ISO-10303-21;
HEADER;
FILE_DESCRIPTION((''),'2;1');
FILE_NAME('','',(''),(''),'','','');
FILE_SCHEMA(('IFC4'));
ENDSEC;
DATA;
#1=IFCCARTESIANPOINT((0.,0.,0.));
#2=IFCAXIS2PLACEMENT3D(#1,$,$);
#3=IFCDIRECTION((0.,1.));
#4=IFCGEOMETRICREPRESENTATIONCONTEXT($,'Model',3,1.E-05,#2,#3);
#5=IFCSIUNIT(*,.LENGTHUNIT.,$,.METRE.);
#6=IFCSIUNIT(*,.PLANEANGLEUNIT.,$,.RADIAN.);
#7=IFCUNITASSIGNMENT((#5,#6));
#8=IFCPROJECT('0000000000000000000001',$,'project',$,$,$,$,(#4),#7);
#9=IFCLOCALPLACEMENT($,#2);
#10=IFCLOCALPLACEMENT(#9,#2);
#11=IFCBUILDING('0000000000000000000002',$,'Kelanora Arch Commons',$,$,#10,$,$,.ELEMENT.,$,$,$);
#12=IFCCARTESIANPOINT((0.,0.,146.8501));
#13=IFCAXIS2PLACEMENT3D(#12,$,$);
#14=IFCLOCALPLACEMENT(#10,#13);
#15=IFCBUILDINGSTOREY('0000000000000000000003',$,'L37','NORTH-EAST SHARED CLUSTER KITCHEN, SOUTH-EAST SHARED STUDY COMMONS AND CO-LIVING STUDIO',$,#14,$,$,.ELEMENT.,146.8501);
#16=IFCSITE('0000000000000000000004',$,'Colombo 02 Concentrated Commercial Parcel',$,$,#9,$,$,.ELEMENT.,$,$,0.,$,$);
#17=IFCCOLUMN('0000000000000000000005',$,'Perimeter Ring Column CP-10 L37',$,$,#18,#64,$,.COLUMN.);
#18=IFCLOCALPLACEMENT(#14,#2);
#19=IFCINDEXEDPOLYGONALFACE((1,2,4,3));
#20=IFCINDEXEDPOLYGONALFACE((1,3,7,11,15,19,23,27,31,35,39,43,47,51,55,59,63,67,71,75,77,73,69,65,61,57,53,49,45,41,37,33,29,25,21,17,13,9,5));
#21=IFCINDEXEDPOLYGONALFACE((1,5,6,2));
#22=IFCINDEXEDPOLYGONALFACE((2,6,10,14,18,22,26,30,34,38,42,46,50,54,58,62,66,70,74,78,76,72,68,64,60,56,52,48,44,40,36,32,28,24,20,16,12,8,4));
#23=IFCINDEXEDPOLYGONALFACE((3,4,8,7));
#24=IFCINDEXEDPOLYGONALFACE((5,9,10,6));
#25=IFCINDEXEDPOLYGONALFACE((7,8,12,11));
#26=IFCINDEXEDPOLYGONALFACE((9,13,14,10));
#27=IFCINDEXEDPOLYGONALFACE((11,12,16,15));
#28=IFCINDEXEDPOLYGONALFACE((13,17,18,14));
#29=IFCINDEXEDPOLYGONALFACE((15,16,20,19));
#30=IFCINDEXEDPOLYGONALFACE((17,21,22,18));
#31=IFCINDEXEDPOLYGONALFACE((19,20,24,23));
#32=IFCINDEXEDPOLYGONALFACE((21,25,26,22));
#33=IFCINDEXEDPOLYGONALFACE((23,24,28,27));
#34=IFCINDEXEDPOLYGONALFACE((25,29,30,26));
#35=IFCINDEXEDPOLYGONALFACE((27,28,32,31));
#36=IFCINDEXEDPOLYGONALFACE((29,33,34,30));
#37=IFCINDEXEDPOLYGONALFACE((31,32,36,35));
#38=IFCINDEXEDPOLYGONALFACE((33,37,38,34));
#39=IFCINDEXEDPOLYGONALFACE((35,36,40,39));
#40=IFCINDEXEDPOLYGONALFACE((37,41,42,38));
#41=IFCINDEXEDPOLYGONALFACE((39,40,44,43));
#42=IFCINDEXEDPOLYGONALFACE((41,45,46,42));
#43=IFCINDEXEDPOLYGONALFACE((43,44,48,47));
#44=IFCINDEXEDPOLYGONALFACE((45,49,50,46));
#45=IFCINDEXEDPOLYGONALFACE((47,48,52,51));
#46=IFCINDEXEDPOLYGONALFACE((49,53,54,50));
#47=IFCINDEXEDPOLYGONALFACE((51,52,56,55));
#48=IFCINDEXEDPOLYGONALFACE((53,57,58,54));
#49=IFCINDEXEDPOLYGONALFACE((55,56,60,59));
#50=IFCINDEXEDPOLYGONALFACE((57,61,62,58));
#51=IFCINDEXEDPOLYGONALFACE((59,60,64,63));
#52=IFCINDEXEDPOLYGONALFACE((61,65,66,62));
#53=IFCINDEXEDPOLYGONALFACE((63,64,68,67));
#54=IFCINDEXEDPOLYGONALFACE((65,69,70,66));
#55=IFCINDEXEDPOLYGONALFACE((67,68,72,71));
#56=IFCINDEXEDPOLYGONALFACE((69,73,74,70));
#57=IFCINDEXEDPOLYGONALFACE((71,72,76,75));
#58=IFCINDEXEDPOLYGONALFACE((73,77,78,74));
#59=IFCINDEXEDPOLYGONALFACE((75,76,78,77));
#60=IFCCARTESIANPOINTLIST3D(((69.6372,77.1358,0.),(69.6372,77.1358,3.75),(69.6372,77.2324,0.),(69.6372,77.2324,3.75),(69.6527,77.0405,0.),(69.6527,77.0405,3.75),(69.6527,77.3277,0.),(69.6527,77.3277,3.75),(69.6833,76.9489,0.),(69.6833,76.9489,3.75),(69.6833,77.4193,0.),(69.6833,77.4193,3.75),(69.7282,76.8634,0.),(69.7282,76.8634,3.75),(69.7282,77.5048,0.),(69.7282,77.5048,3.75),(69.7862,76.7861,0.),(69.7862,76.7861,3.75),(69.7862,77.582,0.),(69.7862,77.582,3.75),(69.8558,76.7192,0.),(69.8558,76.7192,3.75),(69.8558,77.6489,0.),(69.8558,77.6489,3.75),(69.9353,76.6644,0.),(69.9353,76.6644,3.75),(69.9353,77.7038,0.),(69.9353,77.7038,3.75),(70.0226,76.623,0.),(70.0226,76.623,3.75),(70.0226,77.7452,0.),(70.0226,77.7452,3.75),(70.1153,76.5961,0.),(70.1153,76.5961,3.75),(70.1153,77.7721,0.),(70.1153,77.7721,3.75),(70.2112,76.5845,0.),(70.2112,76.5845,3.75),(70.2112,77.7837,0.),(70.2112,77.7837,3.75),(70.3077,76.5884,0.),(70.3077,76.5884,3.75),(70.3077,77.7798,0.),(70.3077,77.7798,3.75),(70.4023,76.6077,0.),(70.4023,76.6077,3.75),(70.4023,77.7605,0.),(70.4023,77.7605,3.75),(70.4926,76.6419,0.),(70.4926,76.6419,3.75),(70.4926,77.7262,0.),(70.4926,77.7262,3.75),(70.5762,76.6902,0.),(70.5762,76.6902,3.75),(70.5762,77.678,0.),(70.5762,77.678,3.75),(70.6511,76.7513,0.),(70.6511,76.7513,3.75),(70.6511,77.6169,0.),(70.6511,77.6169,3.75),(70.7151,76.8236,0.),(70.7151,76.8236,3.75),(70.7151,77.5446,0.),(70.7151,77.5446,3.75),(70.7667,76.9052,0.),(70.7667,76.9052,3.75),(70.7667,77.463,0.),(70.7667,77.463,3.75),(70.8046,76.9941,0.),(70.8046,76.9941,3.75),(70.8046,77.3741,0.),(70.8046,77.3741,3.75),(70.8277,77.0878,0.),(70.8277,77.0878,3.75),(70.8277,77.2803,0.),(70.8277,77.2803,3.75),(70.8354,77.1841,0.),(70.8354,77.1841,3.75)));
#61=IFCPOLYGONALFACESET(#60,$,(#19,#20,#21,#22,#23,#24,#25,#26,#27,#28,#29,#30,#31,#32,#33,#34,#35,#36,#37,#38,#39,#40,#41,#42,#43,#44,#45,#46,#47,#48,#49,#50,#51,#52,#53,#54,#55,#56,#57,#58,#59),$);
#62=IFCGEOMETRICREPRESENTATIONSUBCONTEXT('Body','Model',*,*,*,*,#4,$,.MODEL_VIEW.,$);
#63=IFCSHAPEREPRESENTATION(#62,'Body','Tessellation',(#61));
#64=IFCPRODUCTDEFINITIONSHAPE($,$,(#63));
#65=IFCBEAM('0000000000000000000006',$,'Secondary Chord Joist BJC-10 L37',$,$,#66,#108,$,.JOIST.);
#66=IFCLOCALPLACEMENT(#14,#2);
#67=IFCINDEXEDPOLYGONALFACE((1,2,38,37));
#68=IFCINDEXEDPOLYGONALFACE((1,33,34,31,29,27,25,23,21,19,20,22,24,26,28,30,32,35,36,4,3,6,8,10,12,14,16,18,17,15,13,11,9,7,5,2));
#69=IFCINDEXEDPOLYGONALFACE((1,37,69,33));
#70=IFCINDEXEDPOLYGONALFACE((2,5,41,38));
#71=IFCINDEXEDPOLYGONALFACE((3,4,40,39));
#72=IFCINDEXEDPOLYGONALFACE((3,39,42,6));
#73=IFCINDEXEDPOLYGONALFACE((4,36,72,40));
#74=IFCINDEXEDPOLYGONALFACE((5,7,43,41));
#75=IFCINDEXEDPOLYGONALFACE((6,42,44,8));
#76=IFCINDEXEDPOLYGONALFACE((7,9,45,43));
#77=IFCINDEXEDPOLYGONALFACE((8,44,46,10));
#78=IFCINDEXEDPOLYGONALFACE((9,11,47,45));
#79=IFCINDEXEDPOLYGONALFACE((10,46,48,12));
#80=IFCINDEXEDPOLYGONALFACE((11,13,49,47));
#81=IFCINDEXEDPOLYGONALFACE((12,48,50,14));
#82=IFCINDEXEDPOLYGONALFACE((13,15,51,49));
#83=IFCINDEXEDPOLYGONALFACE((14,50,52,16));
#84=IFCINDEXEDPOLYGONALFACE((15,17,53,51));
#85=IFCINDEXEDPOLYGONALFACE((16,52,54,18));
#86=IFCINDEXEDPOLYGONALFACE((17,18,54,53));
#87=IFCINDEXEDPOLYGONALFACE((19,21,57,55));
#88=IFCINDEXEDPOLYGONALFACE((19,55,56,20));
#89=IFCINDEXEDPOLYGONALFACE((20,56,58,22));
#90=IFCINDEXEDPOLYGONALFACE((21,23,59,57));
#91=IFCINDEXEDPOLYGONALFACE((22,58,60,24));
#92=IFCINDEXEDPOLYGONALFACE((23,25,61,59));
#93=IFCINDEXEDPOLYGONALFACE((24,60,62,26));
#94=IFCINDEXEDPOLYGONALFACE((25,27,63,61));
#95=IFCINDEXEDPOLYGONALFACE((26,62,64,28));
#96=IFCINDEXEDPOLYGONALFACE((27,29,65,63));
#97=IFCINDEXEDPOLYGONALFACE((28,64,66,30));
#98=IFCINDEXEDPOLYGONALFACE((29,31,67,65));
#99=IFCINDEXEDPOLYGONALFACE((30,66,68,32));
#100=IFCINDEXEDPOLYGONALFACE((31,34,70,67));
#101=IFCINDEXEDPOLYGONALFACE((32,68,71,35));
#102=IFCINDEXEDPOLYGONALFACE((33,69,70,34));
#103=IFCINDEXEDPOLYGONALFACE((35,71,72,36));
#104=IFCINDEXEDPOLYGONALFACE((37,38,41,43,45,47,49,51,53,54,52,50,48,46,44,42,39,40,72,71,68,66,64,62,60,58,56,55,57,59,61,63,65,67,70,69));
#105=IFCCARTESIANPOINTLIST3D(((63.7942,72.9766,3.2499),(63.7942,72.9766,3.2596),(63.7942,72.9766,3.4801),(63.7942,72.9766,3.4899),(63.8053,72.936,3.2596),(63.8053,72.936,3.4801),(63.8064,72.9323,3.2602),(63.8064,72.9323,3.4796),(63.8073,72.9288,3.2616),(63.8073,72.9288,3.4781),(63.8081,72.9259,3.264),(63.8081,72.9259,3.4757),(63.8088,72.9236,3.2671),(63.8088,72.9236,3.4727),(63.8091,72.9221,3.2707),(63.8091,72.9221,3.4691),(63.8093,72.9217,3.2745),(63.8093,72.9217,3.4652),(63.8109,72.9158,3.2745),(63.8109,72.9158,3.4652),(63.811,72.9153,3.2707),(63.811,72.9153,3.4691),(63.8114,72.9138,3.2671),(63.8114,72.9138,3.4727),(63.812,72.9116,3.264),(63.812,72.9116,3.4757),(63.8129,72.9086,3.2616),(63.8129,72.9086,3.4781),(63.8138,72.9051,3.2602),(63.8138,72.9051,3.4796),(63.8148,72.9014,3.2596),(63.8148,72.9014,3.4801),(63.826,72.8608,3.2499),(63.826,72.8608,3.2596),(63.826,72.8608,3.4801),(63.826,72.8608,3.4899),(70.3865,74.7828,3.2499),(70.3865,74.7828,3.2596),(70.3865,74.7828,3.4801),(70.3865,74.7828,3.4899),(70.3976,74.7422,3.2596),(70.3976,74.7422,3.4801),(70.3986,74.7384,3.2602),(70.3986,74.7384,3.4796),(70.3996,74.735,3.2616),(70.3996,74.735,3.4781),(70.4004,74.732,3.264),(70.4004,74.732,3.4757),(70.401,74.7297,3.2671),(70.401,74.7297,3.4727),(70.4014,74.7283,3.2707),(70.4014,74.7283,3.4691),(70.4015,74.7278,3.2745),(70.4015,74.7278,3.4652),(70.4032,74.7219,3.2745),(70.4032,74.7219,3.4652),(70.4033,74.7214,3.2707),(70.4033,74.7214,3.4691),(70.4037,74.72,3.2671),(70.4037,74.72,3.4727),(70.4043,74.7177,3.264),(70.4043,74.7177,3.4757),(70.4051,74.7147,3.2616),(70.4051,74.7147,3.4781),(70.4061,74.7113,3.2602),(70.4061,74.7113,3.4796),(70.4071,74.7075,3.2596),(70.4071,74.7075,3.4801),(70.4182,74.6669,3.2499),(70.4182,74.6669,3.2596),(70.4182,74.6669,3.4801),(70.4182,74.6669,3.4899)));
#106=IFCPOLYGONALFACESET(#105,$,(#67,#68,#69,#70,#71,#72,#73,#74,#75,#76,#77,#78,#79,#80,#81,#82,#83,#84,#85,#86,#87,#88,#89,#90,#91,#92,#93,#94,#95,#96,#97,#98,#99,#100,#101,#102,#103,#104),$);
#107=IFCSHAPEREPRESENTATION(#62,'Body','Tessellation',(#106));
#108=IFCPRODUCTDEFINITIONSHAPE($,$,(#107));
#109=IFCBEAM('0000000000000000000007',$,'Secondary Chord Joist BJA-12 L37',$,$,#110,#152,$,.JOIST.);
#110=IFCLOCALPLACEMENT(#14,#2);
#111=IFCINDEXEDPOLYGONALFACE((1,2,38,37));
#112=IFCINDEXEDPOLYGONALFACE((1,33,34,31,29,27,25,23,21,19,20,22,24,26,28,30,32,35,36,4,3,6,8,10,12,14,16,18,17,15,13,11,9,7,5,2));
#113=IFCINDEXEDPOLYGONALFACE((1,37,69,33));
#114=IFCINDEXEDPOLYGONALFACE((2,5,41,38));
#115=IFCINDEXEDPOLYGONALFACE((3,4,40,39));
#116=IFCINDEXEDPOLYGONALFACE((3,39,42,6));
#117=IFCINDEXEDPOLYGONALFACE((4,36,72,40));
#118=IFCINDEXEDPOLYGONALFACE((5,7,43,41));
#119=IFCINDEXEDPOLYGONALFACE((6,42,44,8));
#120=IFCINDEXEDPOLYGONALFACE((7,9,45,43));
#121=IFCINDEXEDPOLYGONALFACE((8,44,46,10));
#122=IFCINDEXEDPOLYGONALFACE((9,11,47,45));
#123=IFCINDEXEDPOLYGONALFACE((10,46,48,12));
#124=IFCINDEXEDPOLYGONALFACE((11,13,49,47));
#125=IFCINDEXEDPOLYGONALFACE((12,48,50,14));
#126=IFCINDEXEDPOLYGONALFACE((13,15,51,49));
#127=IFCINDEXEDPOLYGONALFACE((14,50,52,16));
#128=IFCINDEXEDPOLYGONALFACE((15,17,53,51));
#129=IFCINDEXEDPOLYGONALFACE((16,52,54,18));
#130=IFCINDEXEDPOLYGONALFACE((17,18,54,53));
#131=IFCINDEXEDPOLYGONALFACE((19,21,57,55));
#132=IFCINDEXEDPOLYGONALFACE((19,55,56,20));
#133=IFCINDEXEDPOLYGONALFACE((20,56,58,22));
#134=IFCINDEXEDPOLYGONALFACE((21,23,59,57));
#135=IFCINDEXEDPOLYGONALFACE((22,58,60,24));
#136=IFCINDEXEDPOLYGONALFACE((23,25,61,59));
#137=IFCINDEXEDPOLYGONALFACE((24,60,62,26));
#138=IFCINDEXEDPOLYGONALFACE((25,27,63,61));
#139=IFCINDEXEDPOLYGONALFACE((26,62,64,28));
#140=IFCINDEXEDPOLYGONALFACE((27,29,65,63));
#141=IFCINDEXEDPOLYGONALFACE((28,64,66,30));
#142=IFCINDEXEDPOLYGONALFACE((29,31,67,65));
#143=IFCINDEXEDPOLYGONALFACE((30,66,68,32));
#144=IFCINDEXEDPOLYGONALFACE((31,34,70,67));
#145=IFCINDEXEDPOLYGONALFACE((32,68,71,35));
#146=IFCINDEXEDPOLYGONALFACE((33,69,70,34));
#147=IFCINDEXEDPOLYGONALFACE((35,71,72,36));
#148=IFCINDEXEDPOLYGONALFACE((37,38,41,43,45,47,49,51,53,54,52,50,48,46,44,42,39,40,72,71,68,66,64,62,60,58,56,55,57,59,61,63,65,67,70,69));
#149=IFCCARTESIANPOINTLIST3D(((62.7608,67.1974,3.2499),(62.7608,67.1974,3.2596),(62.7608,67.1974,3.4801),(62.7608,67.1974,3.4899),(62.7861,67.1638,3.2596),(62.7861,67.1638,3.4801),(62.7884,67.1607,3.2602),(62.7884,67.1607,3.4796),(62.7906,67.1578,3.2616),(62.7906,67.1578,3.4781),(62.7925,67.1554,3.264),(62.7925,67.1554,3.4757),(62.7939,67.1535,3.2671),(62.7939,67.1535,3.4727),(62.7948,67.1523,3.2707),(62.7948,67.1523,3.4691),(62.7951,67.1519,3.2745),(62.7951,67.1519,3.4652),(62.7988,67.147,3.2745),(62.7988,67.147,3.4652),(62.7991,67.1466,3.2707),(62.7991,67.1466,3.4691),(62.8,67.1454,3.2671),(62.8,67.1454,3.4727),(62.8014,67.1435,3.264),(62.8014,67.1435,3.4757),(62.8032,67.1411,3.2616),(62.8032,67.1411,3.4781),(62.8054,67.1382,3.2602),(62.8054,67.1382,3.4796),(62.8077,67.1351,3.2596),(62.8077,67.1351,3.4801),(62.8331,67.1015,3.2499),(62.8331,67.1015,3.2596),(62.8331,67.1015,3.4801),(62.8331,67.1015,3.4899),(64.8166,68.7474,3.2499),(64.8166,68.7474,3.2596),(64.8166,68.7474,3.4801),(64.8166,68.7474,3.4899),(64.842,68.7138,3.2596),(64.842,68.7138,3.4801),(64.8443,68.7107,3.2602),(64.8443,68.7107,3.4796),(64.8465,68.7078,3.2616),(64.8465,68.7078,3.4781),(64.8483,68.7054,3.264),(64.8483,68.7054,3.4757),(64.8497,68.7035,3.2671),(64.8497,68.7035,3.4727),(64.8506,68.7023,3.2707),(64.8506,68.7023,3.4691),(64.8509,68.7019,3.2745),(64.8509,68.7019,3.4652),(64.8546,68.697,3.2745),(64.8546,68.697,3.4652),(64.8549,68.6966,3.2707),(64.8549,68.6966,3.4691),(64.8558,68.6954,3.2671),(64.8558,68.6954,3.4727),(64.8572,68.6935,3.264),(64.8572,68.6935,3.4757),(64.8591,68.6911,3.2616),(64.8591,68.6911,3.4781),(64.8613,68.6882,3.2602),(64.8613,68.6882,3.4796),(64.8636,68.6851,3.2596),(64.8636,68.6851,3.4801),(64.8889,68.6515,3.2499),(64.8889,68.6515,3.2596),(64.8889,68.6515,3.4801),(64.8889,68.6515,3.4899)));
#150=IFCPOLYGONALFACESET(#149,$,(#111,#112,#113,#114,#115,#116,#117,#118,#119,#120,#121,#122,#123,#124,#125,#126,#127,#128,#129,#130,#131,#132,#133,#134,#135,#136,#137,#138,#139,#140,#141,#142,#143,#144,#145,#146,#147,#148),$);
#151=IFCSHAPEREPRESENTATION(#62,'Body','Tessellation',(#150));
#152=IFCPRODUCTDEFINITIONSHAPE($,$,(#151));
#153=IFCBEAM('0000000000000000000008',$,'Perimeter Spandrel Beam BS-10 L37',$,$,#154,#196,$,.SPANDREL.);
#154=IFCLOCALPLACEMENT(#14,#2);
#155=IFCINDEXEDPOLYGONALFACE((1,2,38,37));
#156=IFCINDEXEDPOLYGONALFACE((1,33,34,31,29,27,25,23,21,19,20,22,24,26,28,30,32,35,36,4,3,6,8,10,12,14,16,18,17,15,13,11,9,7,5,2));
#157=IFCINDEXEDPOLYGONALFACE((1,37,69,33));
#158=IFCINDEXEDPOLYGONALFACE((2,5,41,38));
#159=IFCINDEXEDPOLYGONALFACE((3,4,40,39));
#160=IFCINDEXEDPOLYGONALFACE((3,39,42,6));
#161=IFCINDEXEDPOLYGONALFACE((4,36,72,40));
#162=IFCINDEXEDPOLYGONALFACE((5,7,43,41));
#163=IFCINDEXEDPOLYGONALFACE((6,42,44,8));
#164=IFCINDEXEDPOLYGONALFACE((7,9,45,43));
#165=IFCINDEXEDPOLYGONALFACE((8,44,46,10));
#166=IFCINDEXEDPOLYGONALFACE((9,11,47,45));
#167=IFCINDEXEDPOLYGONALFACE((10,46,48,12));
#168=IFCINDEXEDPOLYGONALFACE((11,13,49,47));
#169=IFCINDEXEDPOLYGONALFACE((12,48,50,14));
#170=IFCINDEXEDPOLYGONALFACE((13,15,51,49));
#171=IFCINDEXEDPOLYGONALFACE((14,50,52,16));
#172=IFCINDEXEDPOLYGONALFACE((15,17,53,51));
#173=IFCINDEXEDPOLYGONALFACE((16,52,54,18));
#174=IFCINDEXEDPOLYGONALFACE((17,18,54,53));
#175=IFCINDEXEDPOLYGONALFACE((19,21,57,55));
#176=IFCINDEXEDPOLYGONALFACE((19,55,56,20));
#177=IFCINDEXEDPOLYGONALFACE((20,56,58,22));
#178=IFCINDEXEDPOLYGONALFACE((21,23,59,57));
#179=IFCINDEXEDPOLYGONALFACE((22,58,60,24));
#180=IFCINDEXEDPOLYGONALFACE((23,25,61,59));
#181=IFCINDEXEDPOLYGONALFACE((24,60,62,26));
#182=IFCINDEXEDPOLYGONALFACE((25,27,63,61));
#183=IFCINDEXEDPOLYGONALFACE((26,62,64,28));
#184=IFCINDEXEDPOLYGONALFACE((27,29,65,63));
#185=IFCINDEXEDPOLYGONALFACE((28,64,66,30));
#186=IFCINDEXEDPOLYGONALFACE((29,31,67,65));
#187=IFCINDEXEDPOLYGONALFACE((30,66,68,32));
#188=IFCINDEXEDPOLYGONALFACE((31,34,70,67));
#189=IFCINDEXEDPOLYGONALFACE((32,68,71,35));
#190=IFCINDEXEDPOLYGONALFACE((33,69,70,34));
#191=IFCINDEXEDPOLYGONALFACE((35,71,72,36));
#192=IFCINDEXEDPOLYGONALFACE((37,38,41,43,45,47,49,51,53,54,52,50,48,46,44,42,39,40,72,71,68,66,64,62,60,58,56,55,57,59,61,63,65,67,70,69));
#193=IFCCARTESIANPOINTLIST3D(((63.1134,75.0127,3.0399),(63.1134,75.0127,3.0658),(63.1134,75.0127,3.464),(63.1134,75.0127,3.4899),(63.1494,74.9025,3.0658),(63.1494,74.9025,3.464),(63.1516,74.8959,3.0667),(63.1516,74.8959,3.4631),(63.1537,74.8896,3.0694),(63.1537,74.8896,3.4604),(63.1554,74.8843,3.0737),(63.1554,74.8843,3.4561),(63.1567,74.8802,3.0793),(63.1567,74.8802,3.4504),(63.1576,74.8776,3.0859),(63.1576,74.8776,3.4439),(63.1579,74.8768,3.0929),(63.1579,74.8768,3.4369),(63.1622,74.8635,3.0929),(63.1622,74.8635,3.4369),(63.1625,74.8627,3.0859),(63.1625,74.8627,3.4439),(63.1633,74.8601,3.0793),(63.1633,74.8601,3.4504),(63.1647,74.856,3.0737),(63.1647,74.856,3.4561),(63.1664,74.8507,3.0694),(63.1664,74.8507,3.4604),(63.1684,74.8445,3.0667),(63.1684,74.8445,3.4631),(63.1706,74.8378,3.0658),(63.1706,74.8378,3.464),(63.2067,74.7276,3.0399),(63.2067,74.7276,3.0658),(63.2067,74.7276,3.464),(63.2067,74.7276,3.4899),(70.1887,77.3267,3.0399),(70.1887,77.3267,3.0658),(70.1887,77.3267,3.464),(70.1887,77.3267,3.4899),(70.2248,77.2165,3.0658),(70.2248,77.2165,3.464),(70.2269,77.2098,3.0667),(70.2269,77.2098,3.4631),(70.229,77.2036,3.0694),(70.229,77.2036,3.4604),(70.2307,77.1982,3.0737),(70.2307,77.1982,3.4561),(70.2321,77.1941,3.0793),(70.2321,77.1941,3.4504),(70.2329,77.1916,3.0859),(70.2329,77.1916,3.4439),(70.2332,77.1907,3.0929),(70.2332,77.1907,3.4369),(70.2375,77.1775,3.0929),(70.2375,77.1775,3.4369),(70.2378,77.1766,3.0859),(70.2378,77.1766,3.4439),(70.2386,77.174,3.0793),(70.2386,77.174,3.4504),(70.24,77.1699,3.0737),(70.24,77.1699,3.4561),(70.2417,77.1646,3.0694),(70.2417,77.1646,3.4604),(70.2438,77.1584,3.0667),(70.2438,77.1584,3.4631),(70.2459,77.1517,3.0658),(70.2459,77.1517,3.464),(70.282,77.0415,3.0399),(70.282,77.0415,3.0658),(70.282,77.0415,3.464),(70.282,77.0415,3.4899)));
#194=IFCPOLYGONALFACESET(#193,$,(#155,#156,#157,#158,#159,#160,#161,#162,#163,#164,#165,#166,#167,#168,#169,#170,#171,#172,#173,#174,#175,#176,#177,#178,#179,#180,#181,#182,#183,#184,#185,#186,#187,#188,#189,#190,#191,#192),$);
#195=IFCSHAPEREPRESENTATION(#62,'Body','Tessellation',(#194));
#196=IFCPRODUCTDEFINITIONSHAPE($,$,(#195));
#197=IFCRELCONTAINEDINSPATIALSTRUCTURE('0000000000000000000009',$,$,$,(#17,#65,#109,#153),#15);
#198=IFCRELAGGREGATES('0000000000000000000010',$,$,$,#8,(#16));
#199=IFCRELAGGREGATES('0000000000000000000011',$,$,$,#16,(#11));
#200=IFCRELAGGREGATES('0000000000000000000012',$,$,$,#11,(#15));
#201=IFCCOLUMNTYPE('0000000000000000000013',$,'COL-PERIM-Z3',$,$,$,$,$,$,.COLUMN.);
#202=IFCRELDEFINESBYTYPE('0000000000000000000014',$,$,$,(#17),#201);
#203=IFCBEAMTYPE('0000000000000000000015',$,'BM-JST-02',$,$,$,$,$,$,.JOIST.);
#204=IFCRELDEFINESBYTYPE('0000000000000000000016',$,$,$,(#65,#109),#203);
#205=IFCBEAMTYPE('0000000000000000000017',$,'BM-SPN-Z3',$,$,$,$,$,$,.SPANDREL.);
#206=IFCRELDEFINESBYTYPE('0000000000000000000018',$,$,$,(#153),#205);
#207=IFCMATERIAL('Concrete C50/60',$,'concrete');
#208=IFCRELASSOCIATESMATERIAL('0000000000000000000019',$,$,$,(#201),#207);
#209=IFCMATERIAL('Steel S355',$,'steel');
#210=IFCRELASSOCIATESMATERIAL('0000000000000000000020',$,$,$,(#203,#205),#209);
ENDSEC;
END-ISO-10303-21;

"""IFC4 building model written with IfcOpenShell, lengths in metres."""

from ifc_helpers import new_model, si_unit, direction, frame, origin, origin_2d, place, context, subcontext, project, spatial, circle, i_section, extrude, material, material_profile, profile_set, type_object, element, save


model = new_model("IFC4")

# Units and contexts
model_context = context("Model", 3, precision=1e-05, world=origin(), true_north=direction((0.0, 1.0)))
body_context = subcontext(model_context, "Body", "Model", "MODEL_VIEW")
ifc_project = project(units=[si_unit("LENGTHUNIT", "METRE"), si_unit("PLANEANGLEUNIT", "RADIAN")], contexts=[model_context])

# Site, building, storey
site_placement = place(None, origin())
site = spatial("IfcSite", under=ifc_project, at=site_placement, Name="Colombo 02 Concentrated Commercial Parcel", CompositionType="ELEMENT", RefElevation=0.0)
building_placement = place(site_placement, origin())
building = spatial("IfcBuilding", under=site, at=building_placement, Name="Kelanora Arch Commons", CompositionType="ELEMENT")
storey_placement = place(building_placement, frame((0.0, 0.0, 146.8501)))
storey = spatial("IfcBuildingStorey", under=building, at=storey_placement, Name="L37", Description="NORTH-EAST SHARED CLUSTER KITCHEN, SOUTH-EAST SHARED STUDY COMMONS AND CO-LIVING STUDIO", CompositionType="ELEMENT", Elevation=146.8501)

# Column
ifc_material_1 = material(Name="Concrete C50/60", Category="concrete")
ifc_material_profile_1 = material_profile(ifc_material_1, circle(Radius=0.6001, at=origin_2d()), Name="RCC1200")
ifc_profile_set_1 = profile_set([ifc_material_profile_1], Name="Concrete C50/60")
column_type = type_object("IfcColumnType", Name="COL-PERIM-Z3", PredefinedType="COLUMN", material=ifc_profile_set_1)
column_placement = place(storey_placement, frame((70.2354, 77.1841, 0.0), z_axis=(0.0, 0.0, 1.0), x_axis=(1.0, 0.0, 0.0)))
element("IfcColumn", 1, at=column_placement, inside=storey, type_object=column_type, Name="Perimeter Ring Column CP-10 L37", PredefinedType="COLUMN", context=body_context, shape_type="SweptSolid", body=[
    extrude(circle(Radius=0.6001, at=origin_2d()), origin(), (0.0, 0.0, 1.0), 3.75),
])

# Beams
ifc_material_2 = material(Name="Steel S355", Category="steel")
ifc_material_profile_2 = material_profile(ifc_material_2, i_section(OverallWidth=0.1201, OverallDepth=0.24, WebThickness=0.0061, FlangeThickness=0.0098, FilletRadius=0.0149, at=origin_2d()), Name="IPE240")
ifc_profile_set_2 = profile_set([ifc_material_profile_2], Name="Steel S355")
beam_type_1 = type_object("IfcBeamType", Name="BM-JST-02", PredefinedType="JOIST", material=ifc_profile_set_2)
beam_1_placement = place(storey_placement, frame((70.4023, 74.7249, 3.3699), z_axis=(-0.964457, -0.264242, 0.0), x_axis=(0.264242, -0.964457, 0.0)))
element("IfcBeam", 2, at=beam_1_placement, inside=storey, type_object=beam_type_1, Name="Secondary Chord Joist BJC-10 L37", PredefinedType="JOIST", context=body_context, shape_type="SweptSolid", body=[
    extrude(i_section(OverallWidth=0.1201, OverallDepth=0.24, WebThickness=0.0061, FlangeThickness=0.0098, FilletRadius=0.0149, at=origin_2d()), origin(), (0.0, 0.0, 1.0), 6.8352),
])
beam_2_placement = place(storey_placement, frame((64.8528, 68.6995, 3.3699), z_axis=(-0.798484, -0.602016, 0.0), x_axis=(0.602016, -0.798484, 0.0)))
element("IfcBeam", 3, at=beam_2_placement, inside=storey, type_object=beam_type_1, Name="Secondary Chord Joist BJA-12 L37", PredefinedType="JOIST", context=body_context, shape_type="SweptSolid", body=[
    extrude(i_section(OverallWidth=0.1201, OverallDepth=0.24, WebThickness=0.0061, FlangeThickness=0.0098, FilletRadius=0.0149, at=origin_2d()), origin(), (0.0, 0.0, 1.0), 2.5747),
])
ifc_material_profile_3 = material_profile(ifc_material_2, i_section(OverallWidth=0.3, OverallDepth=0.45, WebThickness=0.0139, FlangeThickness=0.0259, FilletRadius=0.0271, at=origin_2d()), Name="HEB450")
ifc_profile_set_3 = profile_set([ifc_material_profile_3], Name="Steel S355")
beam_type_2 = type_object("IfcBeamType", Name="BM-SPN-Z3", PredefinedType="SPANDREL", material=ifc_profile_set_3)
beam_3_placement = place(storey_placement, frame((70.2354, 77.1841, 3.2649), z_axis=(-0.950462, -0.310841, 0.0), x_axis=(0.310841, -0.950462, 0.0)))
element("IfcBeam", 4, at=beam_3_placement, inside=storey, type_object=beam_type_2, Name="Perimeter Spandrel Beam BS-10 L37", PredefinedType="SPANDREL", context=body_context, shape_type="SweptSolid", body=[
    extrude(i_section(OverallWidth=0.3, OverallDepth=0.45, WebThickness=0.0139, FlangeThickness=0.0259, FilletRadius=0.0271, at=origin_2d()), origin(), (0.0, 0.0, 1.0), 7.4441),
])

save(model, "model.ifc")
